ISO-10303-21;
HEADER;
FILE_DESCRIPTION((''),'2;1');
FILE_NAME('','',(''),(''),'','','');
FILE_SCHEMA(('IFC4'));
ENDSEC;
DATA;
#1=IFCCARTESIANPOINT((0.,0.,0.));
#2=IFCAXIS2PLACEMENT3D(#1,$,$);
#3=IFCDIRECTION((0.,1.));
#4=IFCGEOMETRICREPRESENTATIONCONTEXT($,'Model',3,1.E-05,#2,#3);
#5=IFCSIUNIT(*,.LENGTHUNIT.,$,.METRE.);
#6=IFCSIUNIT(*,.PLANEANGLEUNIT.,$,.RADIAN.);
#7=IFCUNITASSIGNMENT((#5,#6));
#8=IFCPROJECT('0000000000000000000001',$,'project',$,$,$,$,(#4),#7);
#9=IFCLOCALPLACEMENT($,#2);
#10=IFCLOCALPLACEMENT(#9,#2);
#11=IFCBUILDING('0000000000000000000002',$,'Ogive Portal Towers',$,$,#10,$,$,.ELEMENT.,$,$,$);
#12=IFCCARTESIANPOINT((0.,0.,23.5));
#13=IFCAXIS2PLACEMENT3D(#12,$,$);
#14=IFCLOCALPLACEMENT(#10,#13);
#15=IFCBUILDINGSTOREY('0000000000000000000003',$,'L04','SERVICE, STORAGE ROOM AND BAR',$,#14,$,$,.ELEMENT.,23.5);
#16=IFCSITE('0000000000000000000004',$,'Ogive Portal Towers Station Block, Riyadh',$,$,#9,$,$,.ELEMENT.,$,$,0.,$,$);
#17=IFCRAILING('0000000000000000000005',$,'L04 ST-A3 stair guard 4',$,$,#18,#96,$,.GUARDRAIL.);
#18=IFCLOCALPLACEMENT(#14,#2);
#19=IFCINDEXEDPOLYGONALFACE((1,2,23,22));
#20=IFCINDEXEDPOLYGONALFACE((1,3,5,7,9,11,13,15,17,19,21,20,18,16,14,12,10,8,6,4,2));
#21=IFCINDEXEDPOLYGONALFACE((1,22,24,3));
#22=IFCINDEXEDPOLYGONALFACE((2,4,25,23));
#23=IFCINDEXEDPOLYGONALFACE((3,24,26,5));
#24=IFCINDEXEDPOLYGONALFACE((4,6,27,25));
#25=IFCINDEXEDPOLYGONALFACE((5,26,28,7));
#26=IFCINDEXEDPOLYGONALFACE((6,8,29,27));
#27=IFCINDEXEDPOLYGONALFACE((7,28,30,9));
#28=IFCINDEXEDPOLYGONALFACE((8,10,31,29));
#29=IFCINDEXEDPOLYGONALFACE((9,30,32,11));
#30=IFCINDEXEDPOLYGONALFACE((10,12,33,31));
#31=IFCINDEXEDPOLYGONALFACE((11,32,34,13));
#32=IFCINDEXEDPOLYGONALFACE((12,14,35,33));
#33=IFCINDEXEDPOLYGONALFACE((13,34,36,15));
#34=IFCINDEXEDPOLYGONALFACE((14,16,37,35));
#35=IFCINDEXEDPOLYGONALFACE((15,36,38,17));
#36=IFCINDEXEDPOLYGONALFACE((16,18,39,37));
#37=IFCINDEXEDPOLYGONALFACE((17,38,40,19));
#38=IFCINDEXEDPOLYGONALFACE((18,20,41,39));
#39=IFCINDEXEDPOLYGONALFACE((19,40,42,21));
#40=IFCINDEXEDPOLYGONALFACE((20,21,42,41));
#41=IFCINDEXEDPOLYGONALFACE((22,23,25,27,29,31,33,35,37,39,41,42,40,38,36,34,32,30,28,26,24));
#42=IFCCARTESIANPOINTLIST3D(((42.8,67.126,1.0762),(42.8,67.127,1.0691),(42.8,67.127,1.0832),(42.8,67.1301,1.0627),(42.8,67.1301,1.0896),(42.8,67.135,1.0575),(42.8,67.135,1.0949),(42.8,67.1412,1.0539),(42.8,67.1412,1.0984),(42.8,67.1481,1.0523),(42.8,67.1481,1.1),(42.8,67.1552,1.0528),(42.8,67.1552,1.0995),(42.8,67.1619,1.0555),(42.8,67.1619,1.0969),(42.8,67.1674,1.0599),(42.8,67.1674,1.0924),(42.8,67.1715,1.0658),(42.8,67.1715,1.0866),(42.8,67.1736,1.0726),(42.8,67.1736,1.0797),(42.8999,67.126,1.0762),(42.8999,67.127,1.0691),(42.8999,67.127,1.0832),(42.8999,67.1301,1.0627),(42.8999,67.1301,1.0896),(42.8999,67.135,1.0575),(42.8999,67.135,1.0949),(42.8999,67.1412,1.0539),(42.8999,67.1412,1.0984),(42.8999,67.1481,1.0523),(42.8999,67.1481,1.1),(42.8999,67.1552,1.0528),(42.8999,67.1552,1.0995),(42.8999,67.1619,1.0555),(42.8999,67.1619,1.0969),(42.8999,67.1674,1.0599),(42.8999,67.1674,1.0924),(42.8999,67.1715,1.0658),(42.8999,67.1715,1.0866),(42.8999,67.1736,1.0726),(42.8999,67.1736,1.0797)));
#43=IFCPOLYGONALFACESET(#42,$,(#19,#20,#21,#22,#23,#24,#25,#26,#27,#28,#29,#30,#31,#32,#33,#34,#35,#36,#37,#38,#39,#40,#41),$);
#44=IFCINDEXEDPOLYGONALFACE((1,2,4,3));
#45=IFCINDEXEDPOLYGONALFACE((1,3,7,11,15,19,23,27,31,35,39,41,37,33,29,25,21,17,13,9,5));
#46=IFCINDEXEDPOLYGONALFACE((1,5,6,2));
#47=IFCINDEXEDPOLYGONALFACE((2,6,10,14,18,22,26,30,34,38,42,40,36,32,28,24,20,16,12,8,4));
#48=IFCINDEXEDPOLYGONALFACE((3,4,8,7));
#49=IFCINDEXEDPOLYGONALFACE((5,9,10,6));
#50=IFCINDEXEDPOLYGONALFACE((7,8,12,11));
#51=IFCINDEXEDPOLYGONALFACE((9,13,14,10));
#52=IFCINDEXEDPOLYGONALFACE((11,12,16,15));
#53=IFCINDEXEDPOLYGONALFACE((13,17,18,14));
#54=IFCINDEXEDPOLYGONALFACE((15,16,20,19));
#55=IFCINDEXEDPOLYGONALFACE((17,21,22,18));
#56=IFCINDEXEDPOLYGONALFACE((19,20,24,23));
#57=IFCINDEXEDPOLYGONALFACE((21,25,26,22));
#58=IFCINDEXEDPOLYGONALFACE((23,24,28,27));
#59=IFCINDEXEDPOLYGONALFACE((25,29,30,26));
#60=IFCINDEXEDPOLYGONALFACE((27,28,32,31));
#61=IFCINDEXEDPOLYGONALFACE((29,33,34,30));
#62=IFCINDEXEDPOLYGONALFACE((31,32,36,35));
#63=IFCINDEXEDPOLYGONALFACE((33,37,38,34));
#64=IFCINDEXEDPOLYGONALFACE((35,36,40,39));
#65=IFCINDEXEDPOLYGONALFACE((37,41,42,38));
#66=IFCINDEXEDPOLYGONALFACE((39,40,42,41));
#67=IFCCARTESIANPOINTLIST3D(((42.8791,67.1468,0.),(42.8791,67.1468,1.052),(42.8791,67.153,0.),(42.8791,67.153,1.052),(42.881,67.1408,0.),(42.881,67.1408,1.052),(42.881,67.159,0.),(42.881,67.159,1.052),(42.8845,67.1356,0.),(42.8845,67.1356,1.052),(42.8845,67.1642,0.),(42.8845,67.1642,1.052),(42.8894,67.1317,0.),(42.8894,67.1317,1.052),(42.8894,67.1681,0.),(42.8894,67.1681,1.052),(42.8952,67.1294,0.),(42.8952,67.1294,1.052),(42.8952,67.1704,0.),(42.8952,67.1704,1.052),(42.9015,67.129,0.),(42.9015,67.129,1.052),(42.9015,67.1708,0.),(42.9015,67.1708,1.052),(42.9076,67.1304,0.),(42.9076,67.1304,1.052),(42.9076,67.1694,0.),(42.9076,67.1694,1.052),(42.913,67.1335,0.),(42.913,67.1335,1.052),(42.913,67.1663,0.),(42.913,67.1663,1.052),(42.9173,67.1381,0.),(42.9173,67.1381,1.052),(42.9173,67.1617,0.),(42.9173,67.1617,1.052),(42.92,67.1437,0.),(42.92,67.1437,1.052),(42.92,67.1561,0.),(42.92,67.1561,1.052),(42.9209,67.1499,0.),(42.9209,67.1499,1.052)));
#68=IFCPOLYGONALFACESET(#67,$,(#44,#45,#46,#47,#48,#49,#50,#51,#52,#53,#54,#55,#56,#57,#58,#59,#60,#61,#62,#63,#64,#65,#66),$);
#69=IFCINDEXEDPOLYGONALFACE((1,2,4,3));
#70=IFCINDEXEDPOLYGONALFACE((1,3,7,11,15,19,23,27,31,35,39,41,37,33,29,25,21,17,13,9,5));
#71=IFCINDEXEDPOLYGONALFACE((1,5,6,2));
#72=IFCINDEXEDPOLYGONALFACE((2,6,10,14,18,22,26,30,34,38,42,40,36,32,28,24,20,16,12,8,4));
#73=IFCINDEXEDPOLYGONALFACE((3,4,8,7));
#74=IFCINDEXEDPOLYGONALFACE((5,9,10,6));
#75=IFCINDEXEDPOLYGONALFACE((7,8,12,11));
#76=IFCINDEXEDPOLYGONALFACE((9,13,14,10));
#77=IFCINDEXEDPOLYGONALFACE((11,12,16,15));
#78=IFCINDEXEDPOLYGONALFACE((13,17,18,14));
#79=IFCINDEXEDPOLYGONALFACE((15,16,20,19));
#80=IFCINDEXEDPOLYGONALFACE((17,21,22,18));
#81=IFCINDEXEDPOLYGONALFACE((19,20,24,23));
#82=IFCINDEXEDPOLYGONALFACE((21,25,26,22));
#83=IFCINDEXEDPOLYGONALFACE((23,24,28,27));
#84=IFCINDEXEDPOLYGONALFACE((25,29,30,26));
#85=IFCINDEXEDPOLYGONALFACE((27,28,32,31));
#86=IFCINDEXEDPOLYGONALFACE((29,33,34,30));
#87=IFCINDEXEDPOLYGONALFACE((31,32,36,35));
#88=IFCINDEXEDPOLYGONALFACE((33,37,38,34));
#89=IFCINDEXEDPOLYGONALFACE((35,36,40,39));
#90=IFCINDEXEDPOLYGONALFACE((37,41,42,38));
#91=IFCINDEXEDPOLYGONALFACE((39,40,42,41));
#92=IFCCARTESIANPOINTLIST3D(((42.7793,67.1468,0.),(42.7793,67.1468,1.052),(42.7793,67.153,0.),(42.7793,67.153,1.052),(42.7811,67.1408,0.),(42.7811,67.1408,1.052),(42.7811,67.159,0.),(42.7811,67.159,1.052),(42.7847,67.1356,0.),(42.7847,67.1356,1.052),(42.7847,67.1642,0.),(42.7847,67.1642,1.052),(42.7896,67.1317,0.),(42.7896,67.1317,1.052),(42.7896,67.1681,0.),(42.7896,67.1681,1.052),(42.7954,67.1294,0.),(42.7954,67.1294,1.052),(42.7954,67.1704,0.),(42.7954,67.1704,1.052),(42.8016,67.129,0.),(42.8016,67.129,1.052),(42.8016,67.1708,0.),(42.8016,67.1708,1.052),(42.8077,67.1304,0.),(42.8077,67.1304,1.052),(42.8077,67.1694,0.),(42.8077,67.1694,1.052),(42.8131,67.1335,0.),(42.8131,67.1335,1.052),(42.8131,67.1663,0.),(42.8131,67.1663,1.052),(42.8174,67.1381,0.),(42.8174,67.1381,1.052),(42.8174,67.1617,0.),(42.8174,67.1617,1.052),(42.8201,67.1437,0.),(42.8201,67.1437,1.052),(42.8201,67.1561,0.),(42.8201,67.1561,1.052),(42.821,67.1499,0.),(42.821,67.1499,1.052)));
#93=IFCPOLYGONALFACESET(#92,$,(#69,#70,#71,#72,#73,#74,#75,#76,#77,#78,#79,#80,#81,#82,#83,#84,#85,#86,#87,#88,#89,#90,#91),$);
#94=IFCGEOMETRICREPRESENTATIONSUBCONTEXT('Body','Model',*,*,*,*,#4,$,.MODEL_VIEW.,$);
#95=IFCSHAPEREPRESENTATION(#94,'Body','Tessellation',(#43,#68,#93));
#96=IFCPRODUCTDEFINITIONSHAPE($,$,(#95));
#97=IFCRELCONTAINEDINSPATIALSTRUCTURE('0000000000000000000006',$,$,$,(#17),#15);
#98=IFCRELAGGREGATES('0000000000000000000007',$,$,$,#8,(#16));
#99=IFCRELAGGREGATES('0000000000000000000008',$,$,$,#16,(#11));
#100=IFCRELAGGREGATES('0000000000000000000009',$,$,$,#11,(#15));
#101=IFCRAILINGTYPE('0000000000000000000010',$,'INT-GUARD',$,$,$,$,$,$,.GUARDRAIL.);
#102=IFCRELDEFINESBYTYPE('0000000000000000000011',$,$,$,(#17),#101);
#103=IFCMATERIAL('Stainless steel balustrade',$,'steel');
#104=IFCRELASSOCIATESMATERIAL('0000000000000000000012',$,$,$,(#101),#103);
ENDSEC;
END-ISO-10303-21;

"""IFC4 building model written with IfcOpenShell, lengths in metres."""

from ifc_helpers import new_model, si_unit, direction, frame, origin, origin_2d, place, context, subcontext, project, spatial, circle, extrude, material, type_object, element, save


model = new_model("IFC4")

# Units and contexts
model_context = context("Model", 3, precision=1e-05, world=origin(), true_north=direction((0.0, 1.0)))
body_context = subcontext(model_context, "Body", "Model", "MODEL_VIEW")
ifc_project = project(units=[si_unit("LENGTHUNIT", "METRE"), si_unit("PLANEANGLEUNIT", "RADIAN")], contexts=[model_context])

# Site, building, storey
site_placement = place(None, origin())
site = spatial("IfcSite", under=ifc_project, at=site_placement, Name="Ogive Portal Towers Station Block, Riyadh", CompositionType="ELEMENT", RefElevation=0.0)
building_placement = place(site_placement, origin())
building = spatial("IfcBuilding", under=site, at=building_placement, Name="Ogive Portal Towers", CompositionType="ELEMENT")
storey_placement = place(building_placement, frame((0.0, 0.0, 23.5)))
storey = spatial("IfcBuildingStorey", under=building, at=storey_placement, Name="L04", Description="SERVICE, STORAGE ROOM AND BAR", CompositionType="ELEMENT", Elevation=23.5)

# Railing
ifc_material_1 = material(Name="Stainless steel balustrade", Category="steel")
railing_type_1 = type_object("IfcRailingType", Name="INT-GUARD", PredefinedType="GUARDRAIL", material=ifc_material_1)
railing_1_placement = place(storey_placement, frame((42.8999, 67.1499, 0.0)))
element("IfcRailing", 1, at=railing_1_placement, inside=storey, type_object=railing_type_1, Name="L04 ST-A3 stair guard 4", PredefinedType="GUARDRAIL", context=body_context, shape_type="SweptSolid", body=[
    extrude(circle(Radius=0.0239, at=origin_2d()), frame((0.0, 0.0, 1.0762), z_axis=(-1.0, 0.0, 0.0), x_axis=(0.0, -1.0, 0.0)), (0.0, 0.0, 1.0), 0.0999),
    extrude(circle(Radius=0.021, at=origin_2d()), origin(), (0.0, 0.0, 1.0), 1.052),
    extrude(circle(Radius=0.021, at=origin_2d()), frame((-0.0999, 0.0, 0.0)), (0.0, 0.0, 1.0), 1.052),
])

save(model, "model.ifc")
